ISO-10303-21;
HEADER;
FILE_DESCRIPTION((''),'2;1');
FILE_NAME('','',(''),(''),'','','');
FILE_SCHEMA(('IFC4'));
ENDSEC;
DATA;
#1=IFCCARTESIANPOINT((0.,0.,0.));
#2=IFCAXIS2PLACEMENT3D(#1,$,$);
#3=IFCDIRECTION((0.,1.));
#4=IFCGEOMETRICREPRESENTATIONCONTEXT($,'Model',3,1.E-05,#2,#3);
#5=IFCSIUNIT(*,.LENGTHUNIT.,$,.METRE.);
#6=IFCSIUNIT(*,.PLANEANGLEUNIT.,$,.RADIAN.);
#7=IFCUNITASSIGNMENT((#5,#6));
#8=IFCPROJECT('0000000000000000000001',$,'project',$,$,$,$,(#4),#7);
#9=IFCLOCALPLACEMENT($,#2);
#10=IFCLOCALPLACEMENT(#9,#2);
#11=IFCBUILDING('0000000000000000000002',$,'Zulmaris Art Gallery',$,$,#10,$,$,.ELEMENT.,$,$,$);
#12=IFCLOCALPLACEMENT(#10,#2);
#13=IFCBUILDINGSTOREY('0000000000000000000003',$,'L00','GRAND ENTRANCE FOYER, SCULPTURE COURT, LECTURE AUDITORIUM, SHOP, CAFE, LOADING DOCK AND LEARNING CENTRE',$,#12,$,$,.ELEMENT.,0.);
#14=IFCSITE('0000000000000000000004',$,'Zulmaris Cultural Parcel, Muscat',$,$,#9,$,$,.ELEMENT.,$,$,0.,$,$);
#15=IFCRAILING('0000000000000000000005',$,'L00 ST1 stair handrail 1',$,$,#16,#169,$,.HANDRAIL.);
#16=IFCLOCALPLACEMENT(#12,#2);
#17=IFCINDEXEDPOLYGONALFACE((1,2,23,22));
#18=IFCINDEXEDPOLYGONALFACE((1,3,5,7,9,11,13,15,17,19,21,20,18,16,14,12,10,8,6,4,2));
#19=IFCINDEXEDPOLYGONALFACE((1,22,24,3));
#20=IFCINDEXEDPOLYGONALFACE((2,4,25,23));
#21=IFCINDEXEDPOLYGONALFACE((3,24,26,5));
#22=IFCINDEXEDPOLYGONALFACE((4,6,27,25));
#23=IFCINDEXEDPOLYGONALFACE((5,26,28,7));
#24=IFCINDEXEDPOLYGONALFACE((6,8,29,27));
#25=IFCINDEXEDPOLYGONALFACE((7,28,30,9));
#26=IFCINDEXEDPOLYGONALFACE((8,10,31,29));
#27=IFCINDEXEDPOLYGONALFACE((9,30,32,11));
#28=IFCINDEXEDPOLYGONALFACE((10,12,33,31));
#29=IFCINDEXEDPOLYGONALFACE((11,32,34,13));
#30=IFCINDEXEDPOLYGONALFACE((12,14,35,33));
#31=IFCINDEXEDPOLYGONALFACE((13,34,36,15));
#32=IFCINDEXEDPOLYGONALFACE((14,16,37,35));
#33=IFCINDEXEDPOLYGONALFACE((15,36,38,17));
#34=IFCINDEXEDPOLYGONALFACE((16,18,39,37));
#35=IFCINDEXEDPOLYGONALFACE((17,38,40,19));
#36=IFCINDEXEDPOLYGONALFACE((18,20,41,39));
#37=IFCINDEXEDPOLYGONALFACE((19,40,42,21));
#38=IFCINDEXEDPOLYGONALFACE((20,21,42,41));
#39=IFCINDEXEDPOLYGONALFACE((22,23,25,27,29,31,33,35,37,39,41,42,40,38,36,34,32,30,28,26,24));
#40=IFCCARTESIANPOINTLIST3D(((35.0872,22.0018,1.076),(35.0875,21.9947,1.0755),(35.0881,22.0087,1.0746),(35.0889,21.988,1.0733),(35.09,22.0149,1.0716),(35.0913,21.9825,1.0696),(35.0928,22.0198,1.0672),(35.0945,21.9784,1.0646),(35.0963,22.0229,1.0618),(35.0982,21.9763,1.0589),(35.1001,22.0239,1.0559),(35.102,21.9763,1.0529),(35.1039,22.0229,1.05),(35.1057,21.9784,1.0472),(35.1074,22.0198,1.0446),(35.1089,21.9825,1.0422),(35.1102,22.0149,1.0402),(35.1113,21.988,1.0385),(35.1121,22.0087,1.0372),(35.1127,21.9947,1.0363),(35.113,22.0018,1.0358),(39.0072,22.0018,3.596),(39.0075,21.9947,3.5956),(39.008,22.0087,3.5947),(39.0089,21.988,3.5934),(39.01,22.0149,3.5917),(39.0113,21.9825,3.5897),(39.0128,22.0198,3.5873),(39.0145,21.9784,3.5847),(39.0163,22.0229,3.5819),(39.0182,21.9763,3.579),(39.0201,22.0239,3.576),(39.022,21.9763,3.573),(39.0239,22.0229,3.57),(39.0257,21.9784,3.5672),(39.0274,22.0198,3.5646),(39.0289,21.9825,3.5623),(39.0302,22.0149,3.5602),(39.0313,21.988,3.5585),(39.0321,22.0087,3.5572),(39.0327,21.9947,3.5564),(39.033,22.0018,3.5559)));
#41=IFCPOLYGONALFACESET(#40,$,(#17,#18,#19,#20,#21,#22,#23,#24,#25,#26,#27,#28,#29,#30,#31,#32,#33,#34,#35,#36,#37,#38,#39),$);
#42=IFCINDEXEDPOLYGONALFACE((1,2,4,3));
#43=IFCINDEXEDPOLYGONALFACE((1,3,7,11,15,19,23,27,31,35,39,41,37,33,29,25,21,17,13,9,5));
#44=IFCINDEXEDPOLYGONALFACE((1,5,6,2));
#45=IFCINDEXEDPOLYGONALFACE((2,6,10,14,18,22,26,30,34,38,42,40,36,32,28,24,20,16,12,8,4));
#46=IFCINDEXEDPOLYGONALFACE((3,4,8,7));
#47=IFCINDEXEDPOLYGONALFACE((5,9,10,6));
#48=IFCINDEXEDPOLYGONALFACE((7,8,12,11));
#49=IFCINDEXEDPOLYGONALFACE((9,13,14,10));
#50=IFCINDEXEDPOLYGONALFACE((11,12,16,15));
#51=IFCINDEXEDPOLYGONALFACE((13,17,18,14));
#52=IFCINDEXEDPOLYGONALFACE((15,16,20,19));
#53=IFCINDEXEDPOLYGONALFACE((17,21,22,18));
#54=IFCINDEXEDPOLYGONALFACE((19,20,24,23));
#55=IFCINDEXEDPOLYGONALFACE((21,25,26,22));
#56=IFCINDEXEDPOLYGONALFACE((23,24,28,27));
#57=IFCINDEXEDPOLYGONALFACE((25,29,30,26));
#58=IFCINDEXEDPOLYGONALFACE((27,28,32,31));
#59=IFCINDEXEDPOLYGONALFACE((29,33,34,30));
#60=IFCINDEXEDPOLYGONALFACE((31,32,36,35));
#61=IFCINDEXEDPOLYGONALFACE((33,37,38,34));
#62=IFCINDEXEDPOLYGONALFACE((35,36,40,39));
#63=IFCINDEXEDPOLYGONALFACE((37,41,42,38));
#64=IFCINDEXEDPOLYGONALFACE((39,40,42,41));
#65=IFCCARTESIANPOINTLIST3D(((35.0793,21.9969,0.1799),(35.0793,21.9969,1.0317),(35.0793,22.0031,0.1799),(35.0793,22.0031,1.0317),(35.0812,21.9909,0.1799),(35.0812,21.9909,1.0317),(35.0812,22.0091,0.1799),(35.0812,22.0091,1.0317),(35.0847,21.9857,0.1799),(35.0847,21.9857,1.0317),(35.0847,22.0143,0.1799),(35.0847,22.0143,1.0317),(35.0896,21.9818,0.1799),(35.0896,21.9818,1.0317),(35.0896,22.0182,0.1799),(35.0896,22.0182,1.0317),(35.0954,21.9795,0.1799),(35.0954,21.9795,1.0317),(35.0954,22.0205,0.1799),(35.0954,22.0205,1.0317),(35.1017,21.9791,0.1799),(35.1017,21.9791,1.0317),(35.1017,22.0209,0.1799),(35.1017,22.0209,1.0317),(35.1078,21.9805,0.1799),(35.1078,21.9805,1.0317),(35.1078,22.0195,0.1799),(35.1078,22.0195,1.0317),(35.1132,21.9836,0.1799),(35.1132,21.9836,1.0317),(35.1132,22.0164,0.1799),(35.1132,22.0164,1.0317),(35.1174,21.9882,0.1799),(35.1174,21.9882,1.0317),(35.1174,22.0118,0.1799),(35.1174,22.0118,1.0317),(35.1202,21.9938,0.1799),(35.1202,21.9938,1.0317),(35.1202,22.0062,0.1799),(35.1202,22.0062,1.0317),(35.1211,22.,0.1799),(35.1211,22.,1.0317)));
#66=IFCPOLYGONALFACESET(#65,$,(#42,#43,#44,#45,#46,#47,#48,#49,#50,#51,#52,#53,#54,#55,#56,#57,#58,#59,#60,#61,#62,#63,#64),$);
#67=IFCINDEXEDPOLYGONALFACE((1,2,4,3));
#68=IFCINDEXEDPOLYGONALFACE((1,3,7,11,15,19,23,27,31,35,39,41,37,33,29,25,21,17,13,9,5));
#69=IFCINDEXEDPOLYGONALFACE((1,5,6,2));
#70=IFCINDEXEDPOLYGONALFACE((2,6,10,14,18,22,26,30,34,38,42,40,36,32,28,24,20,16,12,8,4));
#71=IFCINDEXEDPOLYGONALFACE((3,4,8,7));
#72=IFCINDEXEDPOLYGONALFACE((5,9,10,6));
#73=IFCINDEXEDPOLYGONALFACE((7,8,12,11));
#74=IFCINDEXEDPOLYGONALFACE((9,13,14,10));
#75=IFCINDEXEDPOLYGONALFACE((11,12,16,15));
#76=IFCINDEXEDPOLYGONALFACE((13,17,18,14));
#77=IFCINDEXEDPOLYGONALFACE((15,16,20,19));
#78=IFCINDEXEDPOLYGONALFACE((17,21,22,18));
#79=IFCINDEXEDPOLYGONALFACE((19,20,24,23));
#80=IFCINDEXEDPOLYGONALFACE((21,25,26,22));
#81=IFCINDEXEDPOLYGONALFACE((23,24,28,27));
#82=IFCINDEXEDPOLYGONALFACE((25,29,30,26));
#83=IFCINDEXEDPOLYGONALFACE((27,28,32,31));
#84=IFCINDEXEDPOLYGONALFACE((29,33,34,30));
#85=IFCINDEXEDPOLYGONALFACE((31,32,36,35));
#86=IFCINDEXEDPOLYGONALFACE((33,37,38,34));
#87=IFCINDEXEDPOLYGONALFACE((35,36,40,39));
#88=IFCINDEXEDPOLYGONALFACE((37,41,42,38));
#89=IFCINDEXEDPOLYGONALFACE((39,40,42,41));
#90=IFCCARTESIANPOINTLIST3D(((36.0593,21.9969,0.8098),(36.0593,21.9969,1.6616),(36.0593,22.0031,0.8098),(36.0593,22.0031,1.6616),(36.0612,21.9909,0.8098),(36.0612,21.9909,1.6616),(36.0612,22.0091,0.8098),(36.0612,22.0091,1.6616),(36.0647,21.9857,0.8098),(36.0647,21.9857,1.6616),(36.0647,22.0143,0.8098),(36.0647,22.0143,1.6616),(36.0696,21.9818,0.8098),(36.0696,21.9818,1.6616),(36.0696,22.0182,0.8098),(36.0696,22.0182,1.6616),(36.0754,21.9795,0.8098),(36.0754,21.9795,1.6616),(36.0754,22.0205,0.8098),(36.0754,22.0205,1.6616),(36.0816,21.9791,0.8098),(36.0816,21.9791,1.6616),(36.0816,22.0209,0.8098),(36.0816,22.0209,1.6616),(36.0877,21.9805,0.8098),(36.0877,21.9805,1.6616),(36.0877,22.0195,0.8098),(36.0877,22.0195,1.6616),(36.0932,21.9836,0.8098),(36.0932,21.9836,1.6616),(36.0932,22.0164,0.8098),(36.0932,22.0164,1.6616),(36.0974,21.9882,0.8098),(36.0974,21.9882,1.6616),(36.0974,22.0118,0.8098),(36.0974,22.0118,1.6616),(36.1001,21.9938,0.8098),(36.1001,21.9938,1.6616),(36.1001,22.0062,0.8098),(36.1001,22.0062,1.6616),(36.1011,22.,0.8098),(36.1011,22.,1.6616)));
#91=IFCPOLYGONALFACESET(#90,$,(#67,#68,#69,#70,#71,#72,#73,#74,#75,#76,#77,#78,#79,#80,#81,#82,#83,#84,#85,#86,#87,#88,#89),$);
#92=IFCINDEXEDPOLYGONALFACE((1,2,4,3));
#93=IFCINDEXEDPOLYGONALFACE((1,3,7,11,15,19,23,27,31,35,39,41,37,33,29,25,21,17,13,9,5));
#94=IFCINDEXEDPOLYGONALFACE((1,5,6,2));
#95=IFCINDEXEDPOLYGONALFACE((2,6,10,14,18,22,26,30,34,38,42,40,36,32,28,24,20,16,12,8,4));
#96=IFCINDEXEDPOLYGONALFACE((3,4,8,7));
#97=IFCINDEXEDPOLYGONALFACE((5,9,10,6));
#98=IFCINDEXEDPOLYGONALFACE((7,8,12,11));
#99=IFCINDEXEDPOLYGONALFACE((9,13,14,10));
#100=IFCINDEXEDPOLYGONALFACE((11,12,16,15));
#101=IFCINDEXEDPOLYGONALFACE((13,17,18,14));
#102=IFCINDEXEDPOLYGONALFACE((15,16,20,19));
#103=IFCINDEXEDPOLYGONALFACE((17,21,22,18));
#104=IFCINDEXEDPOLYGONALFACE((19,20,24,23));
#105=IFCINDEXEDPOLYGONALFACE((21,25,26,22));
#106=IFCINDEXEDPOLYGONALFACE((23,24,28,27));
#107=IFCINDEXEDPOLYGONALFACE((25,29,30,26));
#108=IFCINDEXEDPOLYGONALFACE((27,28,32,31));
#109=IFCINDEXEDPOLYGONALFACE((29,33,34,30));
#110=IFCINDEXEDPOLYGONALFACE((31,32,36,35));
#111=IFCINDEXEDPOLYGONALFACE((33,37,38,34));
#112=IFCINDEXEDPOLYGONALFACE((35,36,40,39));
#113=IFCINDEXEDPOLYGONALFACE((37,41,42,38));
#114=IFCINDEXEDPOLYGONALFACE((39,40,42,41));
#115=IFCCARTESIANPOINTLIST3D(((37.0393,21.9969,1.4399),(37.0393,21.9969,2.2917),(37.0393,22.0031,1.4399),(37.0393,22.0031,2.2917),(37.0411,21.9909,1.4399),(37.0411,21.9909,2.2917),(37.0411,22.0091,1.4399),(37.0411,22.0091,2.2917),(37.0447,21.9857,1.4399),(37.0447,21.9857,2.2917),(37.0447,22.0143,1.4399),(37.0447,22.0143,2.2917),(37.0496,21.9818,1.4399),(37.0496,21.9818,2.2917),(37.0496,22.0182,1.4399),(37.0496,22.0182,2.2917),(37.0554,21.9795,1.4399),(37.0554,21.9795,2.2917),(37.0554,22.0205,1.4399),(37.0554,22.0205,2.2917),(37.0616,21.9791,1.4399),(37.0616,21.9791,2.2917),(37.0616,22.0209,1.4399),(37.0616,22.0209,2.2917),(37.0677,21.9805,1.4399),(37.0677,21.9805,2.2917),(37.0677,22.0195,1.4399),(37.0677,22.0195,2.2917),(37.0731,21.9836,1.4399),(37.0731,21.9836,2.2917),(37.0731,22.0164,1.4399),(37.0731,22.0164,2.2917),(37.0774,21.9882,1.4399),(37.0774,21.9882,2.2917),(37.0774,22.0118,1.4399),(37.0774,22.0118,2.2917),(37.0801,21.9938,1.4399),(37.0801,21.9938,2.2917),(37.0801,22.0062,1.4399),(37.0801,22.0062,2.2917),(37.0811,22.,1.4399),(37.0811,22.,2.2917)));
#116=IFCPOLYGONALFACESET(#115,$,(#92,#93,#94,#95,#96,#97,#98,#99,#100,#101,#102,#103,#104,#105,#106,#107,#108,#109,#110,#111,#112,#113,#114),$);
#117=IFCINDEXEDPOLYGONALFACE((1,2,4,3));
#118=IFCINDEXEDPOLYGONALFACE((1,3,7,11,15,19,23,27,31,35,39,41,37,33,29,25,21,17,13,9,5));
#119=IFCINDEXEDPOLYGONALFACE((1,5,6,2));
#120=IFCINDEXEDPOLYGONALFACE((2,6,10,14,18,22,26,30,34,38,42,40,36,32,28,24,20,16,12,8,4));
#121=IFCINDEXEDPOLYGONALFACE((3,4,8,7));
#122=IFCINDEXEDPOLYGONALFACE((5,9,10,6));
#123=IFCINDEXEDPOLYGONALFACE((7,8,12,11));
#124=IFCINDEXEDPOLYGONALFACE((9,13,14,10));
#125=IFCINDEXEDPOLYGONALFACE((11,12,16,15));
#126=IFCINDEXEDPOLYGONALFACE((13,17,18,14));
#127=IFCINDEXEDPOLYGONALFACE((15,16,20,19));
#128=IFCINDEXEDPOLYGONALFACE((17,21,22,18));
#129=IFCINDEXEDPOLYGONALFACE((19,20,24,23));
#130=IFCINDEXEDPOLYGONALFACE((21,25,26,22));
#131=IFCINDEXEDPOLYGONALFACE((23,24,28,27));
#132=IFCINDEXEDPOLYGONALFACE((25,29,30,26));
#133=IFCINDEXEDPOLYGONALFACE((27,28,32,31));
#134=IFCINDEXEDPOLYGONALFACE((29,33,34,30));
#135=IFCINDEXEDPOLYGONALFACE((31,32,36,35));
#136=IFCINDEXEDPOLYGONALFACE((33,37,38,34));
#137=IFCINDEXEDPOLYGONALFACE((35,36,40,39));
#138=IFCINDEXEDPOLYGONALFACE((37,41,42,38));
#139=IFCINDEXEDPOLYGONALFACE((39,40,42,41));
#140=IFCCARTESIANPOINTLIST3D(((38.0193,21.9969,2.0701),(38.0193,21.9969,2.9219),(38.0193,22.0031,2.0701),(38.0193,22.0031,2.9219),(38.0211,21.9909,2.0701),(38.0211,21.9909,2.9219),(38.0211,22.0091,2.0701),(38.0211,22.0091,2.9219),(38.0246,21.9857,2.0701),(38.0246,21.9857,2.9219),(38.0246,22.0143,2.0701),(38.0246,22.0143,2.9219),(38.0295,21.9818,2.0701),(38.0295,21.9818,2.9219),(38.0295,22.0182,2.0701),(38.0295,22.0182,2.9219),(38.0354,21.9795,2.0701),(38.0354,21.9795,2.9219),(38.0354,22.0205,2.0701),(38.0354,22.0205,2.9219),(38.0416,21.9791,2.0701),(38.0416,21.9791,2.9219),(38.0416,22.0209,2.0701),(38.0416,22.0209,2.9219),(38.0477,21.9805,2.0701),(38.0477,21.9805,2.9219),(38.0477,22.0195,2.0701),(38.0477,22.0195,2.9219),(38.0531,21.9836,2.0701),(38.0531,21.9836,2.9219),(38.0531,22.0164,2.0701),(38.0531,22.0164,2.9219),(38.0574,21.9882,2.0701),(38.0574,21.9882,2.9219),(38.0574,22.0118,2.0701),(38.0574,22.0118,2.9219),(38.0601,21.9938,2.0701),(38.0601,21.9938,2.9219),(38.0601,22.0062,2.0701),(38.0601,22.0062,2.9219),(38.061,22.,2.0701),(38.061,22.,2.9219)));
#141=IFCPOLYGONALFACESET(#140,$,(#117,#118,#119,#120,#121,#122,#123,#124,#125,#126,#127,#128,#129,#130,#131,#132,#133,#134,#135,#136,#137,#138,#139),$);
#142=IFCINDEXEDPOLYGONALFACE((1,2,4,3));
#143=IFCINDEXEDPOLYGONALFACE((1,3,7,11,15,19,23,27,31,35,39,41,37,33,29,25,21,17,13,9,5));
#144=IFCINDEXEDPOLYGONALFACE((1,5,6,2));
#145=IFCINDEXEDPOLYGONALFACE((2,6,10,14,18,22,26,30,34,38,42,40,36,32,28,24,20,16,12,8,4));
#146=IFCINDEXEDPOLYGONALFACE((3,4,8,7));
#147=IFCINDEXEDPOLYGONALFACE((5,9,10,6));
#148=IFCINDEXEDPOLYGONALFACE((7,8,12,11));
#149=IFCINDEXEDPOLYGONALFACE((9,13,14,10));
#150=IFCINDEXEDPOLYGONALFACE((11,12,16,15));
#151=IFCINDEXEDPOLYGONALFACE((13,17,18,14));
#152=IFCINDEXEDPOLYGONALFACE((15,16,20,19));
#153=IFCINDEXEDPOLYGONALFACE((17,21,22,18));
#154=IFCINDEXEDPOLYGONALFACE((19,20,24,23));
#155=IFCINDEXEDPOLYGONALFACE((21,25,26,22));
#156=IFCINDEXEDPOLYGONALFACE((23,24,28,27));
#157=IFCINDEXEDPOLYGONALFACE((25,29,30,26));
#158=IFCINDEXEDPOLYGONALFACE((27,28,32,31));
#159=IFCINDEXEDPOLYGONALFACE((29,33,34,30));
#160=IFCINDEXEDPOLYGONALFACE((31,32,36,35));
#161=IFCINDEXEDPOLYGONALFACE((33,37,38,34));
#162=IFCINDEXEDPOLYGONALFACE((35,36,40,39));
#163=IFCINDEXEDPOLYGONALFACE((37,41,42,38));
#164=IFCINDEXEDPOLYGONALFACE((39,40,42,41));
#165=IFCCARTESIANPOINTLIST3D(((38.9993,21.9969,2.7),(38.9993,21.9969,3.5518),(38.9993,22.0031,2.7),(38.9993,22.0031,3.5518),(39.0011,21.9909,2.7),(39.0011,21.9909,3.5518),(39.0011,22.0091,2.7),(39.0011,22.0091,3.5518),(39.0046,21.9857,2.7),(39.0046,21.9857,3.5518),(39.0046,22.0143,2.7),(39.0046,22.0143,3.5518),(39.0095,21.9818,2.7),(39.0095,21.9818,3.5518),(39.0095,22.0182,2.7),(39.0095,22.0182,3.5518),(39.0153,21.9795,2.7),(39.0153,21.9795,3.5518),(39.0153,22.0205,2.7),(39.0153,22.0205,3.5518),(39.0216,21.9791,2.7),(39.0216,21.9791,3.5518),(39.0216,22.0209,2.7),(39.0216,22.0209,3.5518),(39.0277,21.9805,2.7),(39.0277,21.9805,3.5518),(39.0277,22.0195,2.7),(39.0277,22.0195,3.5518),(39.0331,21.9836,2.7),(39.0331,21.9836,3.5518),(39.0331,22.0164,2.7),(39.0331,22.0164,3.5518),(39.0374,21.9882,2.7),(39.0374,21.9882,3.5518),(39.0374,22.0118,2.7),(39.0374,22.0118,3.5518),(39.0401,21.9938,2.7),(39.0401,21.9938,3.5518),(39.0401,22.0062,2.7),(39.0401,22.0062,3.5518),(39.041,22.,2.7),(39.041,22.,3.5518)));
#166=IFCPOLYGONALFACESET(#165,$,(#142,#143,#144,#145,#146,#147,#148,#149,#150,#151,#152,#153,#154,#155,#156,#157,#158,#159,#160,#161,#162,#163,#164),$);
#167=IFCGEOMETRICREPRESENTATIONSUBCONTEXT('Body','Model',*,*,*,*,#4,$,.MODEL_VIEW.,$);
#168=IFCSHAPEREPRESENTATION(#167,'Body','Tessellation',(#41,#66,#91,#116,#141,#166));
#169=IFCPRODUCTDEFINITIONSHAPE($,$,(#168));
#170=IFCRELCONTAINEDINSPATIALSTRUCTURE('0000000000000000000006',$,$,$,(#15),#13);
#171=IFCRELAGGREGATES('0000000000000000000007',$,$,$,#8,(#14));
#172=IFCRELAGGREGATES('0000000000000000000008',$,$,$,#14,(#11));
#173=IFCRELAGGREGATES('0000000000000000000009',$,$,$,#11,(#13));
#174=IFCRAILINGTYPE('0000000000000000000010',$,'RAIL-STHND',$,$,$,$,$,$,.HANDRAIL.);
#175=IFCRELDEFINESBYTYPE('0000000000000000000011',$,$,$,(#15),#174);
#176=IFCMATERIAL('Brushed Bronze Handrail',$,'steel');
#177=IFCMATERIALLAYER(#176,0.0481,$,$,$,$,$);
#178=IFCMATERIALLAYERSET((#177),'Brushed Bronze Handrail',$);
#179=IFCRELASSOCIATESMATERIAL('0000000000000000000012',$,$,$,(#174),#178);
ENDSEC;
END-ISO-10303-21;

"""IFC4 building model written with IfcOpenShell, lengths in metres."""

from ifc_helpers import new_model, si_unit, direction, frame, origin, origin_2d, place, context, subcontext, project, spatial, circle, extrude, material, layer, layer_set, type_object, element, save


model = new_model("IFC4")

# Units and contexts
model_context = context("Model", 3, precision=1e-05, world=origin(), true_north=direction((0.0, 1.0)))
body_context = subcontext(model_context, "Body", "Model", "MODEL_VIEW")
ifc_project = project(units=[si_unit("LENGTHUNIT", "METRE"), si_unit("PLANEANGLEUNIT", "RADIAN")], contexts=[model_context])

# Site, building, storey
site_placement = place(None, origin())
site = spatial("IfcSite", under=ifc_project, at=site_placement, Name="Zulmaris Cultural Parcel, Muscat", CompositionType="ELEMENT", RefElevation=0.0)
building_placement = place(site_placement, origin())
building = spatial("IfcBuilding", under=site, at=building_placement, Name="Zulmaris Art Gallery", CompositionType="ELEMENT")
storey_placement = place(building_placement, origin())
storey = spatial("IfcBuildingStorey", under=building, at=storey_placement, Name="L00", Description="GRAND ENTRANCE FOYER, SCULPTURE COURT, LECTURE AUDITORIUM, SHOP, CAFE, LOADING DOCK AND LEARNING CENTRE", CompositionType="ELEMENT", Elevation=0.0)

# Railing
ifc_material_1 = material(Name="Brushed Bronze Handrail", Category="steel")
ifc_layer_1 = layer(ifc_material_1, 0.0481)
ifc_layer_set_1 = layer_set([ifc_layer_1], Name="Brushed Bronze Handrail")
railing_type_1 = type_object("IfcRailingType", Name="RAIL-STHND", PredefinedType="HANDRAIL", material=ifc_layer_set_1)
railing_1_placement = place(storey_placement, frame((35.1001, 22.0, 0.1799)))
element("IfcRailing", 1, at=railing_1_placement, inside=storey, type_object=railing_type_1, Name="L00 ST1 stair handrail 1", PredefinedType="HANDRAIL", context=body_context, shape_type="SweptSolid", body=[
    extrude(circle(Radius=0.0239, at=origin_2d()), frame((0.0, 0.0, 0.876), z_axis=(0.841172, 0.0, 0.540768), x_axis=(0.0, 1.0, 0.0)), (0.0, 0.0, 1.0), 4.6602),
    extrude(circle(Radius=0.021, at=origin_2d()), origin(), (0.0, 0.0, 1.0), 0.8518),
    extrude(circle(Radius=0.021, at=origin_2d()), frame((0.98, 0.0, 0.6299)), (0.0, 0.0, 1.0), 0.8518),
    extrude(circle(Radius=0.021, at=origin_2d()), frame((1.96, 0.0, 1.26)), (0.0, 0.0, 1.0), 0.8518),
    extrude(circle(Radius=0.021, at=origin_2d()), frame((2.9399, 0.0, 1.8901)), (0.0, 0.0, 1.0), 0.8518),
    extrude(circle(Radius=0.021, at=origin_2d()), frame((3.9199, 0.0, 2.52)), (0.0, 0.0, 1.0), 0.8518),
])

save(model, "model.ifc")
